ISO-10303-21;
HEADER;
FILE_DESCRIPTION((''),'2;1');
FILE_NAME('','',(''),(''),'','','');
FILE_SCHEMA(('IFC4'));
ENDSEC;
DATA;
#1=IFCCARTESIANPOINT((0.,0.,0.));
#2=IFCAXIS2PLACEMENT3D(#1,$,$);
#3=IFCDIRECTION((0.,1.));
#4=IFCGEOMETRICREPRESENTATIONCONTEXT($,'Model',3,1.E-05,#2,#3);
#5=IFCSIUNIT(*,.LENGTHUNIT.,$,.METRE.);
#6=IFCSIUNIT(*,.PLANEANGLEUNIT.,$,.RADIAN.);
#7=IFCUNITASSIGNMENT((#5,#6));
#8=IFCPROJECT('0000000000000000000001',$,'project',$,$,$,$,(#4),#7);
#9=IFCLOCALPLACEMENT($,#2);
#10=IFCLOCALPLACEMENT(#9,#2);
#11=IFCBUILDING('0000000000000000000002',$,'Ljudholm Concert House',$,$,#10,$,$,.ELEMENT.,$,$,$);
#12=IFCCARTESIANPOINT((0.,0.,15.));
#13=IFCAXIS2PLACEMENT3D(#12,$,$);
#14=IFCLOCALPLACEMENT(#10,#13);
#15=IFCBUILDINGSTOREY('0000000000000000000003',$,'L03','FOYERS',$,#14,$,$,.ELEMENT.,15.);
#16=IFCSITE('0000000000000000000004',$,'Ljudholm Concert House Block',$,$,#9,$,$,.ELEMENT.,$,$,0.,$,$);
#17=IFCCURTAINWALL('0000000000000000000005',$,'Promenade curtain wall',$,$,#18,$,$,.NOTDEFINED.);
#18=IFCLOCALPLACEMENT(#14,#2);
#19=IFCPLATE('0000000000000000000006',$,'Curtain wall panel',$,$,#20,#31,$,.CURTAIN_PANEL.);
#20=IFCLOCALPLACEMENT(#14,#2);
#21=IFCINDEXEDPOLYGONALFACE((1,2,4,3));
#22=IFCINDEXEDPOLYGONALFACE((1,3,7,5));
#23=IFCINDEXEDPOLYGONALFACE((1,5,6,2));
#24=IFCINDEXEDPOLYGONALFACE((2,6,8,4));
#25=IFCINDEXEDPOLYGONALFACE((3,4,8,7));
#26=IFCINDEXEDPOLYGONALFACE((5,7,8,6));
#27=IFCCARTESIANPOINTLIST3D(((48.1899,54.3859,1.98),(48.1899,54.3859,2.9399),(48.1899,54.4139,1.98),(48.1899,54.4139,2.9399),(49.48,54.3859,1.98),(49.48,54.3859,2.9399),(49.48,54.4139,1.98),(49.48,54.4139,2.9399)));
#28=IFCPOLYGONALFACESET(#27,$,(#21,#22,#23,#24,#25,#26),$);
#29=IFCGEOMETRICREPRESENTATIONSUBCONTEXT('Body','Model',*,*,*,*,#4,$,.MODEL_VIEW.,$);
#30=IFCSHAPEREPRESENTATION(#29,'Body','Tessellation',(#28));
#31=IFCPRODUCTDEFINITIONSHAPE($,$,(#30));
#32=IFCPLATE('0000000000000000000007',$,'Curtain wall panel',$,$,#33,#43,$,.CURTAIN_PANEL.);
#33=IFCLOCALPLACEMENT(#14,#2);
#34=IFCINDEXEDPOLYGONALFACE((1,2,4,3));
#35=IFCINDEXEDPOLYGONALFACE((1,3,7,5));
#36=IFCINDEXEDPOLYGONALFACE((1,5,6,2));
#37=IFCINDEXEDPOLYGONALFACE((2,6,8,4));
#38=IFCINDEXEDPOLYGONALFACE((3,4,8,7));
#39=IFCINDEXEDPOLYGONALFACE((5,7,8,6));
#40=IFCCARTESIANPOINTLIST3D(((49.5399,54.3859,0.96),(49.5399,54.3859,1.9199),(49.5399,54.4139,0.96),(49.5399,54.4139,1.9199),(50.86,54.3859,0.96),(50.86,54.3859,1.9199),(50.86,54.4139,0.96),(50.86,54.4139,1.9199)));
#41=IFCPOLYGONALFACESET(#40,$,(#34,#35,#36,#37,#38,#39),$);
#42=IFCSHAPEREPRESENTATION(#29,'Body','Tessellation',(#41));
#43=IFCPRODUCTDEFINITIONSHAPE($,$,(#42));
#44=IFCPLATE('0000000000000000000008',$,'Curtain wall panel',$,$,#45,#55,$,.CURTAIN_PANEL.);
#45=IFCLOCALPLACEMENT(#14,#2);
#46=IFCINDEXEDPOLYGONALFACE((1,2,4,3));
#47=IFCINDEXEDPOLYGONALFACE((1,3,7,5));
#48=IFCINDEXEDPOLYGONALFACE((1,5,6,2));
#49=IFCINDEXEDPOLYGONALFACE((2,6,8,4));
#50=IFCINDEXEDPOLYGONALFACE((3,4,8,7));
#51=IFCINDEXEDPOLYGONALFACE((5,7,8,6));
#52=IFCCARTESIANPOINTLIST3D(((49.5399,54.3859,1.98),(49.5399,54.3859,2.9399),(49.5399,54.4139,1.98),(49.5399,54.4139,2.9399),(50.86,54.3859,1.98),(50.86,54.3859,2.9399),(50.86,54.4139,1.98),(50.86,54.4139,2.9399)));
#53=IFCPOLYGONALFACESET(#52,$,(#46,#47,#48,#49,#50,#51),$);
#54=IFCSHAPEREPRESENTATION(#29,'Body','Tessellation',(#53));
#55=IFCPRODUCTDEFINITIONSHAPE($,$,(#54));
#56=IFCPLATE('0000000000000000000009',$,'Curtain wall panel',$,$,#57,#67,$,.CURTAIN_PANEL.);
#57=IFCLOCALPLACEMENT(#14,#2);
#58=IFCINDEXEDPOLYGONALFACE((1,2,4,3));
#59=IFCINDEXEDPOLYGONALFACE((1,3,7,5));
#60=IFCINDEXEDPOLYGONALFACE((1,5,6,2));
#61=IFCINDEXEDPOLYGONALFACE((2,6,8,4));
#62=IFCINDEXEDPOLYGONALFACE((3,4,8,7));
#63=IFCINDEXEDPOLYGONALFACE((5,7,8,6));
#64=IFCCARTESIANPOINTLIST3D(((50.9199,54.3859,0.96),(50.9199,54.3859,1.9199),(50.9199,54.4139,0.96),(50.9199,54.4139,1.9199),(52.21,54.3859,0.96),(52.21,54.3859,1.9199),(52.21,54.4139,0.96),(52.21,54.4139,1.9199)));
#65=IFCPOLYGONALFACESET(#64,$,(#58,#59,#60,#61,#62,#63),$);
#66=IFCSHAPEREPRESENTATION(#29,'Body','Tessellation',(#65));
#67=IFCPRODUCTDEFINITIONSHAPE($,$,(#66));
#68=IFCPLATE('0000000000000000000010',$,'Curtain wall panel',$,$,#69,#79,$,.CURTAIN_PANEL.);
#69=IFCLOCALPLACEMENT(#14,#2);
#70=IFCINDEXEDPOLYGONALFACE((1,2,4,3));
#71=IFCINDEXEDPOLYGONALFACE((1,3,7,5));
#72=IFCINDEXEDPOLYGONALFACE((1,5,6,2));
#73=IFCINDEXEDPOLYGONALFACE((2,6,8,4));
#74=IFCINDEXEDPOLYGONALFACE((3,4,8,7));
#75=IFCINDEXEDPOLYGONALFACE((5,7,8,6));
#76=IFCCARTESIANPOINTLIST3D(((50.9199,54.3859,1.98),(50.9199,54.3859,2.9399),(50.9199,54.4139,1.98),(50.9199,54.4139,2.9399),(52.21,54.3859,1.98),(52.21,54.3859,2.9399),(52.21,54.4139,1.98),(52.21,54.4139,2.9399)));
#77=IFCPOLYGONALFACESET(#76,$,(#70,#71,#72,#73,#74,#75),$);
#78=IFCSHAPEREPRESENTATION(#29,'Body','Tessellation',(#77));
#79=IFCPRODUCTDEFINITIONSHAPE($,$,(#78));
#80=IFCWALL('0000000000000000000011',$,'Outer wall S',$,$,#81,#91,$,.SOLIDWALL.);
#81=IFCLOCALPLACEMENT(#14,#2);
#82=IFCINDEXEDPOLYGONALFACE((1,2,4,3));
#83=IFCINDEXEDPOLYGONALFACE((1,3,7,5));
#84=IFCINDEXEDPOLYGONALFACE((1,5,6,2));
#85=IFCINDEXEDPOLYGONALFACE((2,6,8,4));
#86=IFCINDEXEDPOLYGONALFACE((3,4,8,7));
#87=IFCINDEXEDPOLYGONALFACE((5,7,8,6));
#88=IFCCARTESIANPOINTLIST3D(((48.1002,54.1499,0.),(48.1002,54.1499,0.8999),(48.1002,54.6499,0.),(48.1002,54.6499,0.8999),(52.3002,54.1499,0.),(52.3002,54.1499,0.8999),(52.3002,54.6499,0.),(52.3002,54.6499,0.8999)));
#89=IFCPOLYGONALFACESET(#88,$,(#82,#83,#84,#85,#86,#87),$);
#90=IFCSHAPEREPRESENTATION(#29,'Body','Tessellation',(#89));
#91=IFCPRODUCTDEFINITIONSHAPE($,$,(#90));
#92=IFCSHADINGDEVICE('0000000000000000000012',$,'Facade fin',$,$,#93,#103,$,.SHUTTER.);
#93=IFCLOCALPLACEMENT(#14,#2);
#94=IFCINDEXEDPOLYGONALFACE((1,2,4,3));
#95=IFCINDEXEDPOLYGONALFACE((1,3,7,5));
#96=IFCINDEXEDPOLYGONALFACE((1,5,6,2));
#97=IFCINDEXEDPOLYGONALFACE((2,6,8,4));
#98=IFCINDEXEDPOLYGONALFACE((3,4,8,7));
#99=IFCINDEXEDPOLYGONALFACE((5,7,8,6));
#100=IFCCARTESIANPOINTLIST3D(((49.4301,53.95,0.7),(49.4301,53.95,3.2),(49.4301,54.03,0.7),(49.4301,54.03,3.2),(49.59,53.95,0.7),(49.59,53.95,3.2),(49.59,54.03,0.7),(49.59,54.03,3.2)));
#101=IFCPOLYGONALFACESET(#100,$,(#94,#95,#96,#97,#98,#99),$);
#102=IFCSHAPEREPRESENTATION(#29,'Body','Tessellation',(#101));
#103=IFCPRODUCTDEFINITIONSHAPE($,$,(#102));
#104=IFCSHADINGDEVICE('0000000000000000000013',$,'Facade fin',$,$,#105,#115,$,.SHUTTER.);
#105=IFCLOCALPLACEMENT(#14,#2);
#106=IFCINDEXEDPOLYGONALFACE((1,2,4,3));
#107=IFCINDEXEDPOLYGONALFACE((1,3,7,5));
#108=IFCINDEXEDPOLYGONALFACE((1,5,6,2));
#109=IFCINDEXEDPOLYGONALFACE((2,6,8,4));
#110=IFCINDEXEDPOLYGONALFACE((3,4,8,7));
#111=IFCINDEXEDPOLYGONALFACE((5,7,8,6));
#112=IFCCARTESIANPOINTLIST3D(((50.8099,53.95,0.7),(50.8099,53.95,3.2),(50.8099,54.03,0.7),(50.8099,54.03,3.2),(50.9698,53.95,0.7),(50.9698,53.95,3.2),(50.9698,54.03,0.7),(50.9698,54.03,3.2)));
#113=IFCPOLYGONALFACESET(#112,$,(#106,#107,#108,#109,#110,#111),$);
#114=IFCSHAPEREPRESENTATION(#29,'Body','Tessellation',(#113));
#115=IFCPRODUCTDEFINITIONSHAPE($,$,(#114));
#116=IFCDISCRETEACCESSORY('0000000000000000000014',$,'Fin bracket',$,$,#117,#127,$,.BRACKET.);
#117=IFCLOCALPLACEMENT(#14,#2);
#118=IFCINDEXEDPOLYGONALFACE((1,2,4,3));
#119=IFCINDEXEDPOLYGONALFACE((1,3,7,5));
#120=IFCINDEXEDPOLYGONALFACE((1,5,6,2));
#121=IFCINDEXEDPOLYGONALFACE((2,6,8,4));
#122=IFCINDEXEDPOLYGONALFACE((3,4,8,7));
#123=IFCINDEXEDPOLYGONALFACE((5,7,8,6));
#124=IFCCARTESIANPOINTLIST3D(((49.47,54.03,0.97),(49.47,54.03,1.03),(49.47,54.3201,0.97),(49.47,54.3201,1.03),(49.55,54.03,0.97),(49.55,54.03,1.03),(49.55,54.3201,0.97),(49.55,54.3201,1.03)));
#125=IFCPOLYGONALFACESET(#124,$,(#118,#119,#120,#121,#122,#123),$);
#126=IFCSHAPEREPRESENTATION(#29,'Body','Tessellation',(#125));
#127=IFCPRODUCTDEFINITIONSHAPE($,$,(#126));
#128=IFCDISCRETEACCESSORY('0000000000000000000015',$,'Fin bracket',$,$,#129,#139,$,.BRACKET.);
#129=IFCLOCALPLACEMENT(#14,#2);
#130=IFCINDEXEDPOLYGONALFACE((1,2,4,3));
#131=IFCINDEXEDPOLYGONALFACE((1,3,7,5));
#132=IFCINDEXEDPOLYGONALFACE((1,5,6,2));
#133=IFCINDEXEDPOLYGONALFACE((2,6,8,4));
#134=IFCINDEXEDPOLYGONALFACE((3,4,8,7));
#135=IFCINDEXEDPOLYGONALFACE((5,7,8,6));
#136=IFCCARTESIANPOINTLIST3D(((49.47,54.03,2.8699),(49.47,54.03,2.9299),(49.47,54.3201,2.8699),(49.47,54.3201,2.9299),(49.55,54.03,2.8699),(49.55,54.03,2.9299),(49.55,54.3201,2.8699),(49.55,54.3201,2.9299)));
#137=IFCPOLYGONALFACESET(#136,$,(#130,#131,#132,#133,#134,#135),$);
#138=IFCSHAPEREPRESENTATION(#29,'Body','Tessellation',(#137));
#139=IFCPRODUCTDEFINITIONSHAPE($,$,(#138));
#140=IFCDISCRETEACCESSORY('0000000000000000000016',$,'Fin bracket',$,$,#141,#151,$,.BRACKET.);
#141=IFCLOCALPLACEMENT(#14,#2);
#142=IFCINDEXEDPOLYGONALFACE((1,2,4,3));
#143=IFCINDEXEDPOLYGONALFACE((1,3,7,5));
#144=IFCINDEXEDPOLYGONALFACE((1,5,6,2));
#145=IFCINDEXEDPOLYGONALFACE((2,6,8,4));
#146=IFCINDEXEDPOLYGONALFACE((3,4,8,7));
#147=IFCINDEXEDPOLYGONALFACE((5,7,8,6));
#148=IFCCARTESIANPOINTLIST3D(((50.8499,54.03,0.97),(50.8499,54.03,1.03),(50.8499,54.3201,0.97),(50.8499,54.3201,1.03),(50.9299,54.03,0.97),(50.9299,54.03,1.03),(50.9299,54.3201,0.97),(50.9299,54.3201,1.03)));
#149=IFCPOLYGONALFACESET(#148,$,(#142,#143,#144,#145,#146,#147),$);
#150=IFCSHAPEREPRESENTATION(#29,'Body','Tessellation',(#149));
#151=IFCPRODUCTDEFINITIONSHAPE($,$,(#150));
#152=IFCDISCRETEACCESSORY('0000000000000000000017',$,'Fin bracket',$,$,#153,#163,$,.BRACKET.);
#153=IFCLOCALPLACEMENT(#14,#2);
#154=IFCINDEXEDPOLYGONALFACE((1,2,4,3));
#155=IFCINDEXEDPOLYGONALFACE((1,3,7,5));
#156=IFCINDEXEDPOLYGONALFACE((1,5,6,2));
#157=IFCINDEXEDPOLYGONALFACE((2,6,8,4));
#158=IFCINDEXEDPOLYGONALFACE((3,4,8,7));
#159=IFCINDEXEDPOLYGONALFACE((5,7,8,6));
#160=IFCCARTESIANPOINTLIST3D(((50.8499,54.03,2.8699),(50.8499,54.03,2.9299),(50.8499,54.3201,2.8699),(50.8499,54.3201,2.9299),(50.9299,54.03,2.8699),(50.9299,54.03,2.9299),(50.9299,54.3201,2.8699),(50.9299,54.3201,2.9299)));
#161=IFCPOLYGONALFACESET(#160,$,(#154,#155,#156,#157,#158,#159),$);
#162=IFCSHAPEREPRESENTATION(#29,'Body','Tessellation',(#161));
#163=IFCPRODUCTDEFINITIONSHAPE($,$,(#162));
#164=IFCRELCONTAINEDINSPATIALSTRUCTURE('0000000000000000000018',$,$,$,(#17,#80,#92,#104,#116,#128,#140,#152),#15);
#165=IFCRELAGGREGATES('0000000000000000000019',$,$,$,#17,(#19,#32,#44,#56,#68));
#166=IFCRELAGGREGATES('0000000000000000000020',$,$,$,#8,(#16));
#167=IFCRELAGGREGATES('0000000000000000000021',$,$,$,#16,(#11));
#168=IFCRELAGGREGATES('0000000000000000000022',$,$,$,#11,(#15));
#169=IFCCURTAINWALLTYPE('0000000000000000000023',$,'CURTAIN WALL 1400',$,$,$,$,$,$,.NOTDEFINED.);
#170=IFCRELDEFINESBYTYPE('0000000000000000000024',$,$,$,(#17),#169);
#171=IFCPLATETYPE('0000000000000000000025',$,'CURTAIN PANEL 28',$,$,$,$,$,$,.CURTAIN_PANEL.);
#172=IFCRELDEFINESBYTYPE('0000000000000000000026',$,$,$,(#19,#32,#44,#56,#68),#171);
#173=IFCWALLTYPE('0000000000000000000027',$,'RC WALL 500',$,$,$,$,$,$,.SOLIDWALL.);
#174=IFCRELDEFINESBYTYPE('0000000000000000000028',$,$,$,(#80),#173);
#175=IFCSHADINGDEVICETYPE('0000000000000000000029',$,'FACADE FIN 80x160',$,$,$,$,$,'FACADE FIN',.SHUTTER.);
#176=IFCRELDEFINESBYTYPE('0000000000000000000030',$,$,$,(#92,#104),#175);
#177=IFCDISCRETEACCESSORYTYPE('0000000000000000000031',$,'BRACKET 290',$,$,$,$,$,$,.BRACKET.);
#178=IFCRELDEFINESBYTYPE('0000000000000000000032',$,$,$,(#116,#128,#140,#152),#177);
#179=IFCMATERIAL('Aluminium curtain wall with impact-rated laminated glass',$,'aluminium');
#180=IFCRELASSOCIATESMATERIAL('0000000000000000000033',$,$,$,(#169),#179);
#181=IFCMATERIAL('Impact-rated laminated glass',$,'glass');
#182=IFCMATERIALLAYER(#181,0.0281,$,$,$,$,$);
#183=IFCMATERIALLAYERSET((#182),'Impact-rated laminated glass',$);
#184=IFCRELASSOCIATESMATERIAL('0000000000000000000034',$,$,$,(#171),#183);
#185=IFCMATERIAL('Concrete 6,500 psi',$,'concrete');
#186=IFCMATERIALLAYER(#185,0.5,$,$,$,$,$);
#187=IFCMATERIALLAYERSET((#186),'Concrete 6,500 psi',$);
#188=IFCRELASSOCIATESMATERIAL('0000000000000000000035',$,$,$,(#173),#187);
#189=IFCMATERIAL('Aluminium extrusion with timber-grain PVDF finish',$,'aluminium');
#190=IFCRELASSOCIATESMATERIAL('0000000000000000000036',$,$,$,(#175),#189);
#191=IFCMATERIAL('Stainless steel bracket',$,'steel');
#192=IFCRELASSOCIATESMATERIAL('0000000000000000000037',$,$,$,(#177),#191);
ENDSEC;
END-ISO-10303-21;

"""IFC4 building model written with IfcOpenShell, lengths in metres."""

from ifc_helpers import new_model, si_unit, direction, frame, frame_2d, origin, origin_2d, place, context, subcontext, project, spatial, rectangle, extrude, material, layer, layer_set, type_object, element, aggregate, save


model = new_model("IFC4")

# Units and contexts
model_context = context("Model", 3, precision=1e-05, world=origin(), true_north=direction((0.0, 1.0)))
body_context = subcontext(model_context, "Body", "Model", "MODEL_VIEW")
ifc_project = project(units=[si_unit("LENGTHUNIT", "METRE"), si_unit("PLANEANGLEUNIT", "RADIAN")], contexts=[model_context])

# Site, building, storey
site_placement = place(None, origin())
site = spatial("IfcSite", under=ifc_project, at=site_placement, Name="Ljudholm Concert House Block", CompositionType="ELEMENT", RefElevation=0.0)
building_placement = place(site_placement, origin())
building = spatial("IfcBuilding", under=site, at=building_placement, Name="Ljudholm Concert House", CompositionType="ELEMENT")
storey_placement = place(building_placement, frame((0.0, 0.0, 15.0)))
storey = spatial("IfcBuildingStorey", under=building, at=storey_placement, Name="L03", Description="FOYERS", CompositionType="ELEMENT", Elevation=15.0)

# Curtain wall, plates
ifc_material_1 = material(Name="Aluminium curtain wall with impact-rated laminated glass", Category="aluminium")
curtain_wall_type = type_object("IfcCurtainWallType", Name="CURTAIN WALL 1400", PredefinedType="NOTDEFINED", material=ifc_material_1)
curtain_wall_placement = place(storey_placement, origin())
curtain_wall = element("IfcCurtainWall", 1, at=curtain_wall_placement, inside=storey, type_object=curtain_wall_type, Name="Promenade curtain wall", PredefinedType="NOTDEFINED")
ifc_material_2 = material(Name="Impact-rated laminated glass", Category="glass")
ifc_layer_1 = layer(ifc_material_2, 0.0281)
ifc_layer_set_1 = layer_set([ifc_layer_1], Name="Impact-rated laminated glass")
plate_type = type_object("IfcPlateType", Name="CURTAIN PANEL 28", PredefinedType="CURTAIN_PANEL", material=ifc_layer_set_1)
plate_1_placement = place(storey_placement, frame((48.835, 54.3999, 1.98), z_axis=(0.0, 0.0, 1.0), x_axis=(1.0, 0.0, 0.0)))
plate_1 = element("IfcPlate", 2, at=plate_1_placement, type_object=plate_type, Name="Curtain wall panel", PredefinedType="CURTAIN_PANEL", context=body_context, shape_type="SweptSolid", body=[
    extrude(rectangle(XDim=1.29, YDim=0.0281, at=origin_2d()), origin(), (0.0, 0.0, 1.0), 0.96),
])
plate_2_placement = place(storey_placement, frame((50.2, 54.3999, 0.96), z_axis=(0.0, 0.0, 1.0), x_axis=(1.0, 0.0, 0.0)))
plate_2 = element("IfcPlate", 3, at=plate_2_placement, type_object=plate_type, Name="Curtain wall panel", PredefinedType="CURTAIN_PANEL", context=body_context, shape_type="SweptSolid", body=[
    extrude(rectangle(XDim=1.3201, YDim=0.0281, at=origin_2d()), origin(), (0.0, 0.0, 1.0), 0.96),
])
plate_3_placement = place(storey_placement, frame((50.2, 54.3999, 1.98), z_axis=(0.0, 0.0, 1.0), x_axis=(1.0, 0.0, 0.0)))
plate_3 = element("IfcPlate", 4, at=plate_3_placement, type_object=plate_type, Name="Curtain wall panel", PredefinedType="CURTAIN_PANEL", context=body_context, shape_type="SweptSolid", body=[
    extrude(rectangle(XDim=1.3201, YDim=0.0281, at=origin_2d()), origin(), (0.0, 0.0, 1.0), 0.96),
])
plate_4_placement = place(storey_placement, frame((51.5649, 54.3999, 0.96), z_axis=(0.0, 0.0, 1.0), x_axis=(1.0, 0.0, 0.0)))
plate_4 = element("IfcPlate", 5, at=plate_4_placement, type_object=plate_type, Name="Curtain wall panel", PredefinedType="CURTAIN_PANEL", context=body_context, shape_type="SweptSolid", body=[
    extrude(rectangle(XDim=1.29, YDim=0.0281, at=origin_2d()), origin(), (0.0, 0.0, 1.0), 0.96),
])
plate_5_placement = place(storey_placement, frame((51.5649, 54.3999, 1.98), z_axis=(0.0, 0.0, 1.0), x_axis=(1.0, 0.0, 0.0)))
plate_5 = element("IfcPlate", 6, at=plate_5_placement, type_object=plate_type, Name="Curtain wall panel", PredefinedType="CURTAIN_PANEL", context=body_context, shape_type="SweptSolid", body=[
    extrude(rectangle(XDim=1.29, YDim=0.0281, at=origin_2d()), origin(), (0.0, 0.0, 1.0), 0.96),
])
aggregate(curtain_wall, [plate_1, plate_2, plate_3, plate_4, plate_5])

# Wall
ifc_material_3 = material(Name="Concrete 6,500 psi", Category="concrete")
ifc_layer_2 = layer(ifc_material_3, 0.5)
ifc_layer_set_2 = layer_set([ifc_layer_2], Name="Concrete 6,500 psi")
wall_type = type_object("IfcWallType", Name="RC WALL 500", PredefinedType="SOLIDWALL", material=ifc_layer_set_2)
wall_placement = place(storey_placement, frame((48.1001, 54.3999, 0.0), z_axis=(0.0, 0.0, 1.0), x_axis=(1.0, 0.0, 0.0)))
element("IfcWall", 7, at=wall_placement, inside=storey, type_object=wall_type, Name="Outer wall S", PredefinedType="SOLIDWALL", context=body_context, shape_type="SweptSolid", body=[
    extrude(rectangle(XDim=4.2, YDim=0.5, at=frame_2d((2.1001, 0.0))), origin(), (0.0, 0.0, 1.0), 0.8999),
])

# Shading devices
ifc_material_4 = material(Name="Aluminium extrusion with timber-grain PVDF finish", Category="aluminium")
shading_device_type = type_object("IfcShadingDeviceType", Name="FACADE FIN 80x160", ElementType="FACADE FIN", PredefinedType="SHUTTER", material=ifc_material_4)
for number, where, z_axis, x_axis, name in (
    (8, (49.51, 53.99, 0.7), (0.0, 0.0, 1.0), (0.0, -1.0, 0.0), "Facade fin"),
    (9, (50.8899, 53.99, 0.7), (0.0, 0.0, 1.0), (0.0, -1.0, 0.0), "Facade fin"),
):
    element("IfcShadingDevice", number, at=place(storey_placement, frame(where, z_axis=z_axis, x_axis=x_axis)), inside=storey, type_object=shading_device_type, Name=name, PredefinedType="SHUTTER", context=body_context, shape_type="SweptSolid", body=[
        extrude(rectangle(XDim=0.0801, YDim=0.1599, at=origin_2d()), origin(), (0.0, 0.0, 1.0), 2.5),
    ])

# Discrete accessories
ifc_material_5 = material(Name="Stainless steel bracket", Category="steel")
discrete_accessory_type = type_object("IfcDiscreteAccessoryType", Name="BRACKET 290", PredefinedType="BRACKET", material=ifc_material_5)
for number, where, z_axis, x_axis, name in (
    (10, (49.51, 54.175, 0.97), (0.0, 0.0, 1.0), (0.0, -1.0, 0.0), "Fin bracket"),
    (11, (49.51, 54.175, 2.8699), (0.0, 0.0, 1.0), (0.0, -1.0, 0.0), "Fin bracket"),
    (12, (50.8899, 54.175, 0.97), (0.0, 0.0, 1.0), (0.0, -1.0, 0.0), "Fin bracket"),
    (13, (50.8899, 54.175, 2.8699), (0.0, 0.0, 1.0), (0.0, -1.0, 0.0), "Fin bracket"),
):
    element("IfcDiscreteAccessory", number, at=place(storey_placement, frame(where, z_axis=z_axis, x_axis=x_axis)), inside=storey, type_object=discrete_accessory_type, Name=name, PredefinedType="BRACKET", context=body_context, shape_type="SweptSolid", body=[
        extrude(rectangle(XDim=0.29, YDim=0.0801, at=origin_2d()), origin(), (0.0, 0.0, 1.0), 0.0601),
    ])

save(model, "model.ifc")
